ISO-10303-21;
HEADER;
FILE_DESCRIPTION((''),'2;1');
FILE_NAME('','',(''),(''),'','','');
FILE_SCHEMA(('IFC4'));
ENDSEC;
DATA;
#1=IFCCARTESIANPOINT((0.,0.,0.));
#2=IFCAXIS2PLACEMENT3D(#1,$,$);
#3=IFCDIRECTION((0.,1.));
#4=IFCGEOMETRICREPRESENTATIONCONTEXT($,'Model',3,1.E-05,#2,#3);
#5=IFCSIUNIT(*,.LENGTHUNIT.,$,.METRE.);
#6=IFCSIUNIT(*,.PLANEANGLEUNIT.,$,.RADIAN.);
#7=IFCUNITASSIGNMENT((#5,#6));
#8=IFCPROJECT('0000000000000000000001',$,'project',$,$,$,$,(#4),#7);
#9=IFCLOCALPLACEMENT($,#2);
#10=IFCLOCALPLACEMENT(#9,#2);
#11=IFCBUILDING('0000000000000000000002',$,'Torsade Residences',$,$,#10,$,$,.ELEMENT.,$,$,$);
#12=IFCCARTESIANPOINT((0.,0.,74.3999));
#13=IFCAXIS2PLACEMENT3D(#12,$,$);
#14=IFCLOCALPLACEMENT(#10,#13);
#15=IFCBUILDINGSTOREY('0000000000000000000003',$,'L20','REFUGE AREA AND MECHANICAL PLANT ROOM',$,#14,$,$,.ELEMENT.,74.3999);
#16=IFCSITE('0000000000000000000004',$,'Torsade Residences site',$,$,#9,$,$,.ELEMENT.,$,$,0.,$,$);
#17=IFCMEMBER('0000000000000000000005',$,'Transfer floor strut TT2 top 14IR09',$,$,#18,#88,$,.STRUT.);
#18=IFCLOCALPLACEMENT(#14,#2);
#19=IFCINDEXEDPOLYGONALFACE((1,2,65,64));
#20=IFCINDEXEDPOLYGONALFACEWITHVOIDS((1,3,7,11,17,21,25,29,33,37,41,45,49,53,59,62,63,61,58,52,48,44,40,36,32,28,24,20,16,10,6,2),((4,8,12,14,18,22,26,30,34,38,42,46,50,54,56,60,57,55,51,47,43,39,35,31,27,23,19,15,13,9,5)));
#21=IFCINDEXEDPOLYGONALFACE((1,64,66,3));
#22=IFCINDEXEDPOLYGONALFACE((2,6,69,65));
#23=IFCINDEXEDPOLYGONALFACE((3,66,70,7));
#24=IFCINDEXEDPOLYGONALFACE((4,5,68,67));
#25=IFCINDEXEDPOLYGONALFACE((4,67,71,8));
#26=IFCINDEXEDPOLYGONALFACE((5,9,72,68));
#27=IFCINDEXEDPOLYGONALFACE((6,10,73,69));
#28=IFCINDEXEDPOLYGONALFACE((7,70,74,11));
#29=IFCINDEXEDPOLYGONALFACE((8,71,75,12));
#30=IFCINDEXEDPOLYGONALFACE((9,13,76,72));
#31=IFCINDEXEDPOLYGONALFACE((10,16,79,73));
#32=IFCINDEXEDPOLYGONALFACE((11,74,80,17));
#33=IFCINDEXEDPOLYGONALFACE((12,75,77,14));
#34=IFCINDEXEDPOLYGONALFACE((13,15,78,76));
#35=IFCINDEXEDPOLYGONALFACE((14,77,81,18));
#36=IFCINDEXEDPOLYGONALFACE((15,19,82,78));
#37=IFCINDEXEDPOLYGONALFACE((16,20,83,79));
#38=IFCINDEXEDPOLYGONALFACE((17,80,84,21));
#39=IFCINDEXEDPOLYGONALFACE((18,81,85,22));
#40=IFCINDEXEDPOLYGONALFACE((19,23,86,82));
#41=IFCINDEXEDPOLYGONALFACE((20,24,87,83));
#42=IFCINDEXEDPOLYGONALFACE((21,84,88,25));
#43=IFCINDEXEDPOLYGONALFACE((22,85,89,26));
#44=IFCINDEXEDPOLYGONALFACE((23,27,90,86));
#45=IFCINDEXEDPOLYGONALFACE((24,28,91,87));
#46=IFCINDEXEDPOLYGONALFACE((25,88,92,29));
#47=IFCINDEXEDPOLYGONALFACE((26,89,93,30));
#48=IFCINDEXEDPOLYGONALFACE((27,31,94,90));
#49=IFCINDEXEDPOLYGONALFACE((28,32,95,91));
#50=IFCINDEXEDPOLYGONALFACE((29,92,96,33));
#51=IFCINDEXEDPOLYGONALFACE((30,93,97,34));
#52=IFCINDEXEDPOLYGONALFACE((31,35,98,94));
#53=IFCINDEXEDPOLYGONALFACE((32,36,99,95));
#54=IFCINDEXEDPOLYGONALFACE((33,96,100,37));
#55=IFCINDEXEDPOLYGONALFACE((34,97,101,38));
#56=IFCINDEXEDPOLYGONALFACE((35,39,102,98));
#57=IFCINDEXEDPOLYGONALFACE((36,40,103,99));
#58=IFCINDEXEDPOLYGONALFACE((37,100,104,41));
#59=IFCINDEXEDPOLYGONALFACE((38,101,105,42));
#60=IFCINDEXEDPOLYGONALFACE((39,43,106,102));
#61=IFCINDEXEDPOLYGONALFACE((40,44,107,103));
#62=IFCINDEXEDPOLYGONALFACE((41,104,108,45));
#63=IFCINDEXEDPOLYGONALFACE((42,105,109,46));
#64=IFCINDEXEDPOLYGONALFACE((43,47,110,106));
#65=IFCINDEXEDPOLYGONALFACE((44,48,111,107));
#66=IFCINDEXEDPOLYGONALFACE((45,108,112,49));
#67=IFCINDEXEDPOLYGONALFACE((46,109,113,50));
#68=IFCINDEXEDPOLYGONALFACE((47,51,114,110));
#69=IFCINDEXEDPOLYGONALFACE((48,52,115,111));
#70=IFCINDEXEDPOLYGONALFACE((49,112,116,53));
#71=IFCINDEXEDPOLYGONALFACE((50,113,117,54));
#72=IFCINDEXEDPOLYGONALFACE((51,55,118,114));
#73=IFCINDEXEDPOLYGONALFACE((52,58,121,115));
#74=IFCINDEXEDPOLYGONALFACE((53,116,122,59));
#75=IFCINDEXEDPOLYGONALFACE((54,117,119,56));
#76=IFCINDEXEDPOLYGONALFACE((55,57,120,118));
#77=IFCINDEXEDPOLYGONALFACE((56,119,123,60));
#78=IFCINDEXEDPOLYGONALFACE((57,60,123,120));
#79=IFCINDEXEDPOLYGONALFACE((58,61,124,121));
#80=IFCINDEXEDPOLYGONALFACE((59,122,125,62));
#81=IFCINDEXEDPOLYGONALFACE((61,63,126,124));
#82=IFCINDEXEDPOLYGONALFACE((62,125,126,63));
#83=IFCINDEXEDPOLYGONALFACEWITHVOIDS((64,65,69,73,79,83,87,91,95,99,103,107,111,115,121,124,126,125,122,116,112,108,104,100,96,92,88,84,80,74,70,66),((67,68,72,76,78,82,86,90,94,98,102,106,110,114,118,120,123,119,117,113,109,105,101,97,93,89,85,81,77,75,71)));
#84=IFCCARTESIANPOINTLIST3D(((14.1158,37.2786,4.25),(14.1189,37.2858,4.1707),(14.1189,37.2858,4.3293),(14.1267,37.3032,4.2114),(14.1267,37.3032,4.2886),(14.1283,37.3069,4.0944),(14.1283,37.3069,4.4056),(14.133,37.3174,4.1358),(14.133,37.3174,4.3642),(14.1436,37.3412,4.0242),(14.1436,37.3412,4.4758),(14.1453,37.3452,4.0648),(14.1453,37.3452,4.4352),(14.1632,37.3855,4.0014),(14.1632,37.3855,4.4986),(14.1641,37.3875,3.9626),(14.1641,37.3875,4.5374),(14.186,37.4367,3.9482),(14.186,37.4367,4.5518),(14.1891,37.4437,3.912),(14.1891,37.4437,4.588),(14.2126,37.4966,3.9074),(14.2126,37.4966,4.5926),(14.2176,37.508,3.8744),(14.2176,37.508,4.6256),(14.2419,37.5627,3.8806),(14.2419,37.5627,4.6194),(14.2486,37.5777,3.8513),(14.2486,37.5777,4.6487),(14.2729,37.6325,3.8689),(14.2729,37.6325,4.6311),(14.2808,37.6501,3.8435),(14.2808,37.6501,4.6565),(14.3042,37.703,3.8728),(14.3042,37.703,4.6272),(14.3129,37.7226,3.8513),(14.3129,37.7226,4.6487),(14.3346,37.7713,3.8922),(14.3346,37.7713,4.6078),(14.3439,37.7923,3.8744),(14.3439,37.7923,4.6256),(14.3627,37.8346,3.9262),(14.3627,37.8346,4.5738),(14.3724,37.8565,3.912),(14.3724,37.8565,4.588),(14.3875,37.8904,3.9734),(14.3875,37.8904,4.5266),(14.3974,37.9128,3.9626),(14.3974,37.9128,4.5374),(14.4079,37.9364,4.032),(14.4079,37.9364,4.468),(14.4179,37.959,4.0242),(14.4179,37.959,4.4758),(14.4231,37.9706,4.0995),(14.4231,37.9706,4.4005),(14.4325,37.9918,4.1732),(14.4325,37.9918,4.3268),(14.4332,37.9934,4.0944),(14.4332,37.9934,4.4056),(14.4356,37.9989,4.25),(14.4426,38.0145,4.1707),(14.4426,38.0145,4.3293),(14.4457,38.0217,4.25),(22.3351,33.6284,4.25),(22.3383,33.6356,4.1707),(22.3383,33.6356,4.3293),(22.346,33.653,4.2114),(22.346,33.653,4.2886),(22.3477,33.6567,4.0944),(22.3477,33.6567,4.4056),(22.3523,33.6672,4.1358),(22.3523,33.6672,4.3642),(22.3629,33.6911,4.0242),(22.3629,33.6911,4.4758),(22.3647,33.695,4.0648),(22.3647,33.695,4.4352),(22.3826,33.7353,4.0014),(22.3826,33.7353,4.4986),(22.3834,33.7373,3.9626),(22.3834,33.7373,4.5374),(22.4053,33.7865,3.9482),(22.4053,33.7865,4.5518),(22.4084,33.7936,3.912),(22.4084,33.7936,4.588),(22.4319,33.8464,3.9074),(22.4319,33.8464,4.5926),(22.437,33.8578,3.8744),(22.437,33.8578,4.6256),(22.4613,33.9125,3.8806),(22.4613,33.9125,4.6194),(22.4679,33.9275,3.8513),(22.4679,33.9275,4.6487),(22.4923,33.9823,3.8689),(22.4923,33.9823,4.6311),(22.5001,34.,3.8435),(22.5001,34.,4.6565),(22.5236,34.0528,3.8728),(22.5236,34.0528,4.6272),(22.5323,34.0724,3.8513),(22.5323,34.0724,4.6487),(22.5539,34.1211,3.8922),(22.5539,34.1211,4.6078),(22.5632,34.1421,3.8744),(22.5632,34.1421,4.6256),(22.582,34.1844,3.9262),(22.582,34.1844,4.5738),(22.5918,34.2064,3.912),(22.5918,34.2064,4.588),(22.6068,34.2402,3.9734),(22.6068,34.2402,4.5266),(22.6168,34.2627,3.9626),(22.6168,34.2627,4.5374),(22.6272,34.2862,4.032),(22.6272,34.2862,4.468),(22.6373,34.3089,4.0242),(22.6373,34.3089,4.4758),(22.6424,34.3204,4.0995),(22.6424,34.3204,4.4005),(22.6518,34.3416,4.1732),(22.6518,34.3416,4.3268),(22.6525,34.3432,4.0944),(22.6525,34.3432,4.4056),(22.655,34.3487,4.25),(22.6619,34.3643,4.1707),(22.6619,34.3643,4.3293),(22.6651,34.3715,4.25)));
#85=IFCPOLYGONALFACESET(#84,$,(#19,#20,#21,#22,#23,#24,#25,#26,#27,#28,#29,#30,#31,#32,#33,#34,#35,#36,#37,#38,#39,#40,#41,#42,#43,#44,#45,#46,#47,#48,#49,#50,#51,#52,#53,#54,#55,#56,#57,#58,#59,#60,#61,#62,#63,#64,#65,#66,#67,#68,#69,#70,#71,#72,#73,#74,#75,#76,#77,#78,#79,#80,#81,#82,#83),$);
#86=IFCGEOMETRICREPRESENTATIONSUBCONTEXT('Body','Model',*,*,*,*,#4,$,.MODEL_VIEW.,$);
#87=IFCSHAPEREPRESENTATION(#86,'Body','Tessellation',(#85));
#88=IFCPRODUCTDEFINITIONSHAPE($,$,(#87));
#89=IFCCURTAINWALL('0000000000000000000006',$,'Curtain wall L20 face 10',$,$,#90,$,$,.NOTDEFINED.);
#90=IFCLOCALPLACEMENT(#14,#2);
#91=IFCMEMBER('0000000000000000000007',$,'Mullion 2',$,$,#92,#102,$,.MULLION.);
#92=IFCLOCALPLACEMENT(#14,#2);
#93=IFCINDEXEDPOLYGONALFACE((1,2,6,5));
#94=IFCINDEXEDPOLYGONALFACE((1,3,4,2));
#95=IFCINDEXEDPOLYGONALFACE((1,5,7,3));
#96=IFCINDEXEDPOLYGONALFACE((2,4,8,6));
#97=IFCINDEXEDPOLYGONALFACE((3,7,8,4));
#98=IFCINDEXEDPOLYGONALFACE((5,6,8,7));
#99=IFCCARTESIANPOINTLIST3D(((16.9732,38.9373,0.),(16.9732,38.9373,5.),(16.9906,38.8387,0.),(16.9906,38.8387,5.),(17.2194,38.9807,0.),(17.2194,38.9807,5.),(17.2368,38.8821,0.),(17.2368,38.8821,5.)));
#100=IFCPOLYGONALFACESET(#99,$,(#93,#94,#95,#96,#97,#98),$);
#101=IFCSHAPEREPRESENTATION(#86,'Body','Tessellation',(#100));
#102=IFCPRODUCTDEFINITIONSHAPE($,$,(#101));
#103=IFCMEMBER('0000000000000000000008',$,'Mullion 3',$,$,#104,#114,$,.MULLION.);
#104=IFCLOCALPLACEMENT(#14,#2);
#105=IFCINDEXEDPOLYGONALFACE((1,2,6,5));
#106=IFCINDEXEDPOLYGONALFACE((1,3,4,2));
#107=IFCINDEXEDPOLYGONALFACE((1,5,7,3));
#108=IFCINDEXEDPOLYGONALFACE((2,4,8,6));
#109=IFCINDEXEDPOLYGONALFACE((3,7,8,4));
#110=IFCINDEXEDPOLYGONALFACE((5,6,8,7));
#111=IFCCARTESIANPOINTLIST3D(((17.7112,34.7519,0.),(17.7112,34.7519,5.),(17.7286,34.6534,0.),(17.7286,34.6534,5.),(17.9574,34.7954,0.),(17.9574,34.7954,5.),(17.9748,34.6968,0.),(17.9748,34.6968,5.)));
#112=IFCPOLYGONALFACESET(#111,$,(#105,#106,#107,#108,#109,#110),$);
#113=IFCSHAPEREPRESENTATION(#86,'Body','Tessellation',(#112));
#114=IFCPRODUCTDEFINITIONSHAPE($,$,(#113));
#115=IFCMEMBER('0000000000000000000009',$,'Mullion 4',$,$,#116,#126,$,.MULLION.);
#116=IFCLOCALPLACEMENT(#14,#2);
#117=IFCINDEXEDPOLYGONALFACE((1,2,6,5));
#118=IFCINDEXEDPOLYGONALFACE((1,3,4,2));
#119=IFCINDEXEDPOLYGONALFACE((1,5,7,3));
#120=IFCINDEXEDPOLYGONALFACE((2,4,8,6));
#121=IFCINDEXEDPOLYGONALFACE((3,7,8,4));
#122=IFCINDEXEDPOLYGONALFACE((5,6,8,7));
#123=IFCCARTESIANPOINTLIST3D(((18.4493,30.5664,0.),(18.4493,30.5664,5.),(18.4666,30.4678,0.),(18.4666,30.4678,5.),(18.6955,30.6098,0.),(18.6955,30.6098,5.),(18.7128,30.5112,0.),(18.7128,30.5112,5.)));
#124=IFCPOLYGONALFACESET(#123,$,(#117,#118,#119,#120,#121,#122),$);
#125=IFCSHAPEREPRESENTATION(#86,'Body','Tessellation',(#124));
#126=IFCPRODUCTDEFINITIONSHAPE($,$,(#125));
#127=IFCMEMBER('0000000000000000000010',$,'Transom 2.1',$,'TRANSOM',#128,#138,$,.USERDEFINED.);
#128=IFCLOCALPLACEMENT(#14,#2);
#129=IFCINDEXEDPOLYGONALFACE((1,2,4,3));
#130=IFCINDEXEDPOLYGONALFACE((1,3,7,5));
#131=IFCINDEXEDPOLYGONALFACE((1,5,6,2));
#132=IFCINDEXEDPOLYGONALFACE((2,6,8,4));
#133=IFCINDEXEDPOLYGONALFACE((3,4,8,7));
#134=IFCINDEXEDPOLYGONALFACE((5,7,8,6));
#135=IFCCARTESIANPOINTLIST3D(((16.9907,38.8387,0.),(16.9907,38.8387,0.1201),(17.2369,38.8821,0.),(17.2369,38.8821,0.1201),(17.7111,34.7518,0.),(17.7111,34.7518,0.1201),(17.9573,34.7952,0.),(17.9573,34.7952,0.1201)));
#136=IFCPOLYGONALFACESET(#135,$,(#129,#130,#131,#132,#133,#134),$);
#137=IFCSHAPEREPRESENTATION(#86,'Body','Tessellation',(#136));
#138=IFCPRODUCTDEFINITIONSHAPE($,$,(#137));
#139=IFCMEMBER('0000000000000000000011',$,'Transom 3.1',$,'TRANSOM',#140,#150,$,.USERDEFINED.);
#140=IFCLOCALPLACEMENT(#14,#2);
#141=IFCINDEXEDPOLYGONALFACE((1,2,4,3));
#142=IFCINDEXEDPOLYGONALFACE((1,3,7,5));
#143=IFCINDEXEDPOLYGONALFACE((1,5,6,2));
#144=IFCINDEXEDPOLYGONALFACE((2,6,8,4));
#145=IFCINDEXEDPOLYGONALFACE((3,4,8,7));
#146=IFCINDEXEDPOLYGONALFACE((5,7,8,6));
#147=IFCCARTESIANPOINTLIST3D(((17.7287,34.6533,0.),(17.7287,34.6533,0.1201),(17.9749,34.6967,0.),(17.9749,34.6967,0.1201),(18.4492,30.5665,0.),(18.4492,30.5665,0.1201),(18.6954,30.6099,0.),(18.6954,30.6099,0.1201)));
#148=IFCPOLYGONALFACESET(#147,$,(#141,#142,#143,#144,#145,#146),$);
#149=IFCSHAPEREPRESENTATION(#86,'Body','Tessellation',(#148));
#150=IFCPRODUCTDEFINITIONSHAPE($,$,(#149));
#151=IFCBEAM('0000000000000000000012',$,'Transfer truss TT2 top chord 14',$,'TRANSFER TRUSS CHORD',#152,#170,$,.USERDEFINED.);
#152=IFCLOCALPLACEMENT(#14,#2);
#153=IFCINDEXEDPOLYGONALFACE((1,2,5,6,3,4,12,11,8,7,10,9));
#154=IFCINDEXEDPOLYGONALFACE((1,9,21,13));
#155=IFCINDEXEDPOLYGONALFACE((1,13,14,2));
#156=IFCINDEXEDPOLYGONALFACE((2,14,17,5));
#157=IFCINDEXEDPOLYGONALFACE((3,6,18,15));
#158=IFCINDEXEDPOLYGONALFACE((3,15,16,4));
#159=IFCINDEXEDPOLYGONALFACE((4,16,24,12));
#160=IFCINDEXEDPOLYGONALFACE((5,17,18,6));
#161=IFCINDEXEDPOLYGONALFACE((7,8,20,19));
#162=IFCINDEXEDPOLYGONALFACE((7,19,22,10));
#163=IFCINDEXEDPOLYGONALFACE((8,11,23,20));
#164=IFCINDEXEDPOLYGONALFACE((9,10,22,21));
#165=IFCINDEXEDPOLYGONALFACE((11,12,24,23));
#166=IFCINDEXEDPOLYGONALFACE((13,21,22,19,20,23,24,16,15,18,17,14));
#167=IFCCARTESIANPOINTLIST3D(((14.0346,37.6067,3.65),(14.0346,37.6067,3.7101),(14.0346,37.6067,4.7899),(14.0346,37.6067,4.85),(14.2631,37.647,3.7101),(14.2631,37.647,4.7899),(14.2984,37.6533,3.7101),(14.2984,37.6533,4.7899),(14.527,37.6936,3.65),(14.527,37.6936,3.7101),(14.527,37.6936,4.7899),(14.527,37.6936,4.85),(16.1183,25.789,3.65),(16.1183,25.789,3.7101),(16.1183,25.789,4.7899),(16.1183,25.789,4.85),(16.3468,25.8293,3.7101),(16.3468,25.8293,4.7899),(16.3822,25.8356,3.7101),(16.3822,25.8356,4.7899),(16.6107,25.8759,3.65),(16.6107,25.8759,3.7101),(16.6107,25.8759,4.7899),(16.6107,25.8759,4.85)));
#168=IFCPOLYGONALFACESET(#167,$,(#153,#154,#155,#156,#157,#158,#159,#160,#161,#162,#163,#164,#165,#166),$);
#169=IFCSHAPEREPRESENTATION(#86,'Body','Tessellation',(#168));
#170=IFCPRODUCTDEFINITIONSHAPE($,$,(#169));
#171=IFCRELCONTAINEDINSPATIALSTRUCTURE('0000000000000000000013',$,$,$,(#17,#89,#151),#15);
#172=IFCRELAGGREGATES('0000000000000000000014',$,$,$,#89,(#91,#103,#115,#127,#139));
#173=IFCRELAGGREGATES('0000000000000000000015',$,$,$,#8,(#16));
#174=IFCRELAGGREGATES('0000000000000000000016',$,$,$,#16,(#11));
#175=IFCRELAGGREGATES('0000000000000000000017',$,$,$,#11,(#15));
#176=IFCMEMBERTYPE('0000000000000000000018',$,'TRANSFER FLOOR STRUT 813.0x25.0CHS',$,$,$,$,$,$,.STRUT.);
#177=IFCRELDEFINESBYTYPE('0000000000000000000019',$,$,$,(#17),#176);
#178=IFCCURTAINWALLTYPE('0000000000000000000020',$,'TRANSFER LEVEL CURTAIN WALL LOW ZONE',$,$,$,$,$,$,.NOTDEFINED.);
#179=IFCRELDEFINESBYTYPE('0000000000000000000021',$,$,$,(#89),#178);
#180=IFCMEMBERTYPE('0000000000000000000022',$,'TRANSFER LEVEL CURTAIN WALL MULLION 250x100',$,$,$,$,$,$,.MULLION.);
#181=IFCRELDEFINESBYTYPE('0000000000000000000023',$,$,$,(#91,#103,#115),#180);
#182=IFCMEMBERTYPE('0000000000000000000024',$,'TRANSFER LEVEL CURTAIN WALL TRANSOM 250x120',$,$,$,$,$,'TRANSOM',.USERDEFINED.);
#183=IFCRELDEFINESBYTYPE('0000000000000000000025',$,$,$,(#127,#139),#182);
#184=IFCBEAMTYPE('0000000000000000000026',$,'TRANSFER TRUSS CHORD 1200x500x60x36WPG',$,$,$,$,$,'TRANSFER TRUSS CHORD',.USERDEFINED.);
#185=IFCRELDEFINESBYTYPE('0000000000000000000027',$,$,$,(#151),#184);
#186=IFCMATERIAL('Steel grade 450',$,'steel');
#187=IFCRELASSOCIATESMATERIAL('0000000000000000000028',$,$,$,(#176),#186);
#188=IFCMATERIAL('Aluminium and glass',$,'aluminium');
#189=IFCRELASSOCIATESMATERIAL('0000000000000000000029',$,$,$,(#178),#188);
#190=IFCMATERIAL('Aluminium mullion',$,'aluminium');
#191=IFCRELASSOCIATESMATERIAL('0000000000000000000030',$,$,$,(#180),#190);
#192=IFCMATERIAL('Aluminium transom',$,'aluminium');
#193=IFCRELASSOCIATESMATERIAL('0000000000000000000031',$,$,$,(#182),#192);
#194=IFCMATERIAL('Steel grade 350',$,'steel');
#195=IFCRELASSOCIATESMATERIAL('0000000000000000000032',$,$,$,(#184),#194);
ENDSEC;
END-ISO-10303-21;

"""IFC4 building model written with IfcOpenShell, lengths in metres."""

from ifc_helpers import new_model, si_unit, direction, frame, origin, origin_2d, place, context, subcontext, project, spatial, rectangle, hollow_circle, i_section, extrude, material, material_profile, profile_set, type_object, element, aggregate, save


model = new_model("IFC4")

# Units and contexts
model_context = context("Model", 3, precision=1e-05, world=origin(), true_north=direction((0.0, 1.0)))
body_context = subcontext(model_context, "Body", "Model", "MODEL_VIEW")
ifc_project = project(units=[si_unit("LENGTHUNIT", "METRE"), si_unit("PLANEANGLEUNIT", "RADIAN")], contexts=[model_context])

# Site, building, storey
site_placement = place(None, origin())
site = spatial("IfcSite", under=ifc_project, at=site_placement, Name="Torsade Residences site", CompositionType="ELEMENT", RefElevation=0.0)
building_placement = place(site_placement, origin())
building = spatial("IfcBuilding", under=site, at=building_placement, Name="Torsade Residences", CompositionType="ELEMENT")
storey_placement = place(building_placement, frame((0.0, 0.0, 74.3999)))
storey = spatial("IfcBuildingStorey", under=building, at=storey_placement, Name="L20", Description="REFUGE AREA AND MECHANICAL PLANT ROOM", CompositionType="ELEMENT", Elevation=74.3999)

# Member
ifc_material_1 = material(Name="Steel grade 450", Category="steel")
ifc_material_profile_1 = material_profile(ifc_material_1, hollow_circle(Radius=0.4065, WallThickness=0.0249, at=origin_2d()), Name="813.0x25.0CHS")
ifc_profile_set_1 = profile_set([ifc_material_profile_1], Name="Steel grade 450")
member_type_1 = type_object("IfcMemberType", Name="TRANSFER FLOOR STRUT 813.0x25.0CHS", PredefinedType="STRUT", material=ifc_profile_set_1)
member_1_placement = place(storey_placement, frame((14.2808, 37.6501, 4.25), z_axis=(0.913929, -0.405874, 0.0), x_axis=(0.405874, 0.913929, 0.0)))
element("IfcMember", 1, at=member_1_placement, inside=storey, type_object=member_type_1, Name="Transfer floor strut TT2 top 14IR09", PredefinedType="STRUT", context=body_context, shape_type="SweptSolid", body=[
    extrude(hollow_circle(Radius=0.4065, WallThickness=0.0249, at=origin_2d()), origin(), (0.0, 0.0, 1.0), 8.9934),
])

# Curtain wall, members
ifc_material_2 = material(Name="Aluminium and glass", Category="aluminium")
curtain_wall_type = type_object("IfcCurtainWallType", Name="TRANSFER LEVEL CURTAIN WALL LOW ZONE", PredefinedType="NOTDEFINED", material=ifc_material_2)
curtain_wall_placement = place(storey_placement, origin())
curtain_wall = element("IfcCurtainWall", 2, at=curtain_wall_placement, inside=storey, type_object=curtain_wall_type, Name="Curtain wall L20 face 10", PredefinedType="NOTDEFINED")
ifc_material_3 = material(Name="Aluminium mullion", Category="aluminium")
ifc_material_profile_2 = material_profile(ifc_material_3, rectangle(XDim=0.25, YDim=0.1001, at=origin_2d()), Name="TRANSFER LEVEL CURTAIN WALL MULLION 250x100")
ifc_profile_set_2 = profile_set([ifc_material_profile_2], Name="Aluminium mullion")
member_type_2 = type_object("IfcMemberType", Name="TRANSFER LEVEL CURTAIN WALL MULLION 250x100", PredefinedType="MULLION", material=ifc_profile_set_2)
member_2_placement = place(storey_placement, frame((17.105, 38.9097, 0.0), z_axis=(0.0, 0.0, 1.0), x_axis=(0.984808, 0.173648, 0.0)))
member_2 = element("IfcMember", 3, at=member_2_placement, type_object=member_type_2, Name="Mullion 2", PredefinedType="MULLION", context=body_context, shape_type="SweptSolid", body=[
    extrude(rectangle(XDim=0.25, YDim=0.1001, at=origin_2d()), origin(), (0.0, 0.0, 1.0), 5.0),
])
member_3_placement = place(storey_placement, frame((17.843, 34.7244, 0.0), z_axis=(0.0, 0.0, 1.0), x_axis=(0.984808, 0.173648, 0.0)))
member_3 = element("IfcMember", 4, at=member_3_placement, type_object=member_type_2, Name="Mullion 3", PredefinedType="MULLION", context=body_context, shape_type="SweptSolid", body=[
    extrude(rectangle(XDim=0.25, YDim=0.1001, at=origin_2d()), origin(), (0.0, 0.0, 1.0), 5.0),
])
member_4_placement = place(storey_placement, frame((18.5811, 30.5388, 0.0), z_axis=(0.0, 0.0, 1.0), x_axis=(0.984808, 0.173648, 0.0)))
member_4 = element("IfcMember", 5, at=member_4_placement, type_object=member_type_2, Name="Mullion 4", PredefinedType="MULLION", context=body_context, shape_type="SweptSolid", body=[
    extrude(rectangle(XDim=0.25, YDim=0.1001, at=origin_2d()), origin(), (0.0, 0.0, 1.0), 5.0),
])
ifc_material_4 = material(Name="Aluminium transom", Category="aluminium")
ifc_material_profile_3 = material_profile(ifc_material_4, rectangle(XDim=0.25, YDim=0.1201, at=origin_2d()), Name="TRANSFER LEVEL CURTAIN WALL TRANSOM 250x120")
ifc_profile_set_3 = profile_set([ifc_material_profile_3], Name="Aluminium transom")
member_type_3 = type_object("IfcMemberType", Name="TRANSFER LEVEL CURTAIN WALL TRANSOM 250x120", ElementType="TRANSOM", PredefinedType="USERDEFINED", material=ifc_profile_set_3)
member_5_placement = place(storey_placement, frame((17.1138, 38.8604, 0.0601), z_axis=(0.173607, -0.984815, 0.0), x_axis=(0.984815, 0.173607, 0.0)))
member_5 = element("IfcMember", 6, at=member_5_placement, type_object=member_type_3, Name="Transom 2.1", ObjectType="TRANSOM", PredefinedType="USERDEFINED", context=body_context, shape_type="SweptSolid", body=[
    extrude(rectangle(XDim=0.25, YDim=0.1201, at=origin_2d()), origin(), (0.0, 0.0, 1.0), 4.1499),
])
member_6_placement = place(storey_placement, frame((17.8518, 34.675, 0.0601), z_axis=(0.173607, -0.984815, 0.0), x_axis=(0.984815, 0.173607, 0.0)))
member_6 = element("IfcMember", 7, at=member_6_placement, type_object=member_type_3, Name="Transom 3.1", ObjectType="TRANSOM", PredefinedType="USERDEFINED", context=body_context, shape_type="SweptSolid", body=[
    extrude(rectangle(XDim=0.25, YDim=0.1201, at=origin_2d()), origin(), (0.0, 0.0, 1.0), 4.1499),
])

# Beam
ifc_material_5 = material(Name="Steel grade 350", Category="steel")
ifc_material_profile_4 = material_profile(ifc_material_5, i_section(OverallWidth=0.5, OverallDepth=1.2, WebThickness=0.0359, FlangeThickness=0.0601, at=origin_2d()), Name="1200x500x60x36WPG")
ifc_profile_set_4 = profile_set([ifc_material_profile_4], Name="Steel grade 350")
beam_type_1 = type_object("IfcBeamType", Name="TRANSFER TRUSS CHORD 1200x500x60x36WPG", ElementType="TRANSFER TRUSS CHORD", PredefinedType="USERDEFINED", material=ifc_profile_set_4)
beam_1_placement = place(storey_placement, frame((14.2808, 37.6501, 4.25), z_axis=(0.173646, -0.984808, 0.0), x_axis=(0.984808, 0.173646, 0.0)))
element("IfcBeam", 8, at=beam_1_placement, inside=storey, type_object=beam_type_1, Name="Transfer truss TT2 top chord 14", ObjectType="TRANSFER TRUSS CHORD", PredefinedType="USERDEFINED", context=body_context, shape_type="SweptSolid", body=[
    extrude(i_section(OverallWidth=0.5, OverallDepth=1.2, WebThickness=0.0359, FlangeThickness=0.0601, at=origin_2d()), origin(), (0.0, 0.0, 1.0), 12.0),
])

aggregate(curtain_wall, [member_2, member_3, member_4, member_5, member_6])

save(model, "model.ifc")
